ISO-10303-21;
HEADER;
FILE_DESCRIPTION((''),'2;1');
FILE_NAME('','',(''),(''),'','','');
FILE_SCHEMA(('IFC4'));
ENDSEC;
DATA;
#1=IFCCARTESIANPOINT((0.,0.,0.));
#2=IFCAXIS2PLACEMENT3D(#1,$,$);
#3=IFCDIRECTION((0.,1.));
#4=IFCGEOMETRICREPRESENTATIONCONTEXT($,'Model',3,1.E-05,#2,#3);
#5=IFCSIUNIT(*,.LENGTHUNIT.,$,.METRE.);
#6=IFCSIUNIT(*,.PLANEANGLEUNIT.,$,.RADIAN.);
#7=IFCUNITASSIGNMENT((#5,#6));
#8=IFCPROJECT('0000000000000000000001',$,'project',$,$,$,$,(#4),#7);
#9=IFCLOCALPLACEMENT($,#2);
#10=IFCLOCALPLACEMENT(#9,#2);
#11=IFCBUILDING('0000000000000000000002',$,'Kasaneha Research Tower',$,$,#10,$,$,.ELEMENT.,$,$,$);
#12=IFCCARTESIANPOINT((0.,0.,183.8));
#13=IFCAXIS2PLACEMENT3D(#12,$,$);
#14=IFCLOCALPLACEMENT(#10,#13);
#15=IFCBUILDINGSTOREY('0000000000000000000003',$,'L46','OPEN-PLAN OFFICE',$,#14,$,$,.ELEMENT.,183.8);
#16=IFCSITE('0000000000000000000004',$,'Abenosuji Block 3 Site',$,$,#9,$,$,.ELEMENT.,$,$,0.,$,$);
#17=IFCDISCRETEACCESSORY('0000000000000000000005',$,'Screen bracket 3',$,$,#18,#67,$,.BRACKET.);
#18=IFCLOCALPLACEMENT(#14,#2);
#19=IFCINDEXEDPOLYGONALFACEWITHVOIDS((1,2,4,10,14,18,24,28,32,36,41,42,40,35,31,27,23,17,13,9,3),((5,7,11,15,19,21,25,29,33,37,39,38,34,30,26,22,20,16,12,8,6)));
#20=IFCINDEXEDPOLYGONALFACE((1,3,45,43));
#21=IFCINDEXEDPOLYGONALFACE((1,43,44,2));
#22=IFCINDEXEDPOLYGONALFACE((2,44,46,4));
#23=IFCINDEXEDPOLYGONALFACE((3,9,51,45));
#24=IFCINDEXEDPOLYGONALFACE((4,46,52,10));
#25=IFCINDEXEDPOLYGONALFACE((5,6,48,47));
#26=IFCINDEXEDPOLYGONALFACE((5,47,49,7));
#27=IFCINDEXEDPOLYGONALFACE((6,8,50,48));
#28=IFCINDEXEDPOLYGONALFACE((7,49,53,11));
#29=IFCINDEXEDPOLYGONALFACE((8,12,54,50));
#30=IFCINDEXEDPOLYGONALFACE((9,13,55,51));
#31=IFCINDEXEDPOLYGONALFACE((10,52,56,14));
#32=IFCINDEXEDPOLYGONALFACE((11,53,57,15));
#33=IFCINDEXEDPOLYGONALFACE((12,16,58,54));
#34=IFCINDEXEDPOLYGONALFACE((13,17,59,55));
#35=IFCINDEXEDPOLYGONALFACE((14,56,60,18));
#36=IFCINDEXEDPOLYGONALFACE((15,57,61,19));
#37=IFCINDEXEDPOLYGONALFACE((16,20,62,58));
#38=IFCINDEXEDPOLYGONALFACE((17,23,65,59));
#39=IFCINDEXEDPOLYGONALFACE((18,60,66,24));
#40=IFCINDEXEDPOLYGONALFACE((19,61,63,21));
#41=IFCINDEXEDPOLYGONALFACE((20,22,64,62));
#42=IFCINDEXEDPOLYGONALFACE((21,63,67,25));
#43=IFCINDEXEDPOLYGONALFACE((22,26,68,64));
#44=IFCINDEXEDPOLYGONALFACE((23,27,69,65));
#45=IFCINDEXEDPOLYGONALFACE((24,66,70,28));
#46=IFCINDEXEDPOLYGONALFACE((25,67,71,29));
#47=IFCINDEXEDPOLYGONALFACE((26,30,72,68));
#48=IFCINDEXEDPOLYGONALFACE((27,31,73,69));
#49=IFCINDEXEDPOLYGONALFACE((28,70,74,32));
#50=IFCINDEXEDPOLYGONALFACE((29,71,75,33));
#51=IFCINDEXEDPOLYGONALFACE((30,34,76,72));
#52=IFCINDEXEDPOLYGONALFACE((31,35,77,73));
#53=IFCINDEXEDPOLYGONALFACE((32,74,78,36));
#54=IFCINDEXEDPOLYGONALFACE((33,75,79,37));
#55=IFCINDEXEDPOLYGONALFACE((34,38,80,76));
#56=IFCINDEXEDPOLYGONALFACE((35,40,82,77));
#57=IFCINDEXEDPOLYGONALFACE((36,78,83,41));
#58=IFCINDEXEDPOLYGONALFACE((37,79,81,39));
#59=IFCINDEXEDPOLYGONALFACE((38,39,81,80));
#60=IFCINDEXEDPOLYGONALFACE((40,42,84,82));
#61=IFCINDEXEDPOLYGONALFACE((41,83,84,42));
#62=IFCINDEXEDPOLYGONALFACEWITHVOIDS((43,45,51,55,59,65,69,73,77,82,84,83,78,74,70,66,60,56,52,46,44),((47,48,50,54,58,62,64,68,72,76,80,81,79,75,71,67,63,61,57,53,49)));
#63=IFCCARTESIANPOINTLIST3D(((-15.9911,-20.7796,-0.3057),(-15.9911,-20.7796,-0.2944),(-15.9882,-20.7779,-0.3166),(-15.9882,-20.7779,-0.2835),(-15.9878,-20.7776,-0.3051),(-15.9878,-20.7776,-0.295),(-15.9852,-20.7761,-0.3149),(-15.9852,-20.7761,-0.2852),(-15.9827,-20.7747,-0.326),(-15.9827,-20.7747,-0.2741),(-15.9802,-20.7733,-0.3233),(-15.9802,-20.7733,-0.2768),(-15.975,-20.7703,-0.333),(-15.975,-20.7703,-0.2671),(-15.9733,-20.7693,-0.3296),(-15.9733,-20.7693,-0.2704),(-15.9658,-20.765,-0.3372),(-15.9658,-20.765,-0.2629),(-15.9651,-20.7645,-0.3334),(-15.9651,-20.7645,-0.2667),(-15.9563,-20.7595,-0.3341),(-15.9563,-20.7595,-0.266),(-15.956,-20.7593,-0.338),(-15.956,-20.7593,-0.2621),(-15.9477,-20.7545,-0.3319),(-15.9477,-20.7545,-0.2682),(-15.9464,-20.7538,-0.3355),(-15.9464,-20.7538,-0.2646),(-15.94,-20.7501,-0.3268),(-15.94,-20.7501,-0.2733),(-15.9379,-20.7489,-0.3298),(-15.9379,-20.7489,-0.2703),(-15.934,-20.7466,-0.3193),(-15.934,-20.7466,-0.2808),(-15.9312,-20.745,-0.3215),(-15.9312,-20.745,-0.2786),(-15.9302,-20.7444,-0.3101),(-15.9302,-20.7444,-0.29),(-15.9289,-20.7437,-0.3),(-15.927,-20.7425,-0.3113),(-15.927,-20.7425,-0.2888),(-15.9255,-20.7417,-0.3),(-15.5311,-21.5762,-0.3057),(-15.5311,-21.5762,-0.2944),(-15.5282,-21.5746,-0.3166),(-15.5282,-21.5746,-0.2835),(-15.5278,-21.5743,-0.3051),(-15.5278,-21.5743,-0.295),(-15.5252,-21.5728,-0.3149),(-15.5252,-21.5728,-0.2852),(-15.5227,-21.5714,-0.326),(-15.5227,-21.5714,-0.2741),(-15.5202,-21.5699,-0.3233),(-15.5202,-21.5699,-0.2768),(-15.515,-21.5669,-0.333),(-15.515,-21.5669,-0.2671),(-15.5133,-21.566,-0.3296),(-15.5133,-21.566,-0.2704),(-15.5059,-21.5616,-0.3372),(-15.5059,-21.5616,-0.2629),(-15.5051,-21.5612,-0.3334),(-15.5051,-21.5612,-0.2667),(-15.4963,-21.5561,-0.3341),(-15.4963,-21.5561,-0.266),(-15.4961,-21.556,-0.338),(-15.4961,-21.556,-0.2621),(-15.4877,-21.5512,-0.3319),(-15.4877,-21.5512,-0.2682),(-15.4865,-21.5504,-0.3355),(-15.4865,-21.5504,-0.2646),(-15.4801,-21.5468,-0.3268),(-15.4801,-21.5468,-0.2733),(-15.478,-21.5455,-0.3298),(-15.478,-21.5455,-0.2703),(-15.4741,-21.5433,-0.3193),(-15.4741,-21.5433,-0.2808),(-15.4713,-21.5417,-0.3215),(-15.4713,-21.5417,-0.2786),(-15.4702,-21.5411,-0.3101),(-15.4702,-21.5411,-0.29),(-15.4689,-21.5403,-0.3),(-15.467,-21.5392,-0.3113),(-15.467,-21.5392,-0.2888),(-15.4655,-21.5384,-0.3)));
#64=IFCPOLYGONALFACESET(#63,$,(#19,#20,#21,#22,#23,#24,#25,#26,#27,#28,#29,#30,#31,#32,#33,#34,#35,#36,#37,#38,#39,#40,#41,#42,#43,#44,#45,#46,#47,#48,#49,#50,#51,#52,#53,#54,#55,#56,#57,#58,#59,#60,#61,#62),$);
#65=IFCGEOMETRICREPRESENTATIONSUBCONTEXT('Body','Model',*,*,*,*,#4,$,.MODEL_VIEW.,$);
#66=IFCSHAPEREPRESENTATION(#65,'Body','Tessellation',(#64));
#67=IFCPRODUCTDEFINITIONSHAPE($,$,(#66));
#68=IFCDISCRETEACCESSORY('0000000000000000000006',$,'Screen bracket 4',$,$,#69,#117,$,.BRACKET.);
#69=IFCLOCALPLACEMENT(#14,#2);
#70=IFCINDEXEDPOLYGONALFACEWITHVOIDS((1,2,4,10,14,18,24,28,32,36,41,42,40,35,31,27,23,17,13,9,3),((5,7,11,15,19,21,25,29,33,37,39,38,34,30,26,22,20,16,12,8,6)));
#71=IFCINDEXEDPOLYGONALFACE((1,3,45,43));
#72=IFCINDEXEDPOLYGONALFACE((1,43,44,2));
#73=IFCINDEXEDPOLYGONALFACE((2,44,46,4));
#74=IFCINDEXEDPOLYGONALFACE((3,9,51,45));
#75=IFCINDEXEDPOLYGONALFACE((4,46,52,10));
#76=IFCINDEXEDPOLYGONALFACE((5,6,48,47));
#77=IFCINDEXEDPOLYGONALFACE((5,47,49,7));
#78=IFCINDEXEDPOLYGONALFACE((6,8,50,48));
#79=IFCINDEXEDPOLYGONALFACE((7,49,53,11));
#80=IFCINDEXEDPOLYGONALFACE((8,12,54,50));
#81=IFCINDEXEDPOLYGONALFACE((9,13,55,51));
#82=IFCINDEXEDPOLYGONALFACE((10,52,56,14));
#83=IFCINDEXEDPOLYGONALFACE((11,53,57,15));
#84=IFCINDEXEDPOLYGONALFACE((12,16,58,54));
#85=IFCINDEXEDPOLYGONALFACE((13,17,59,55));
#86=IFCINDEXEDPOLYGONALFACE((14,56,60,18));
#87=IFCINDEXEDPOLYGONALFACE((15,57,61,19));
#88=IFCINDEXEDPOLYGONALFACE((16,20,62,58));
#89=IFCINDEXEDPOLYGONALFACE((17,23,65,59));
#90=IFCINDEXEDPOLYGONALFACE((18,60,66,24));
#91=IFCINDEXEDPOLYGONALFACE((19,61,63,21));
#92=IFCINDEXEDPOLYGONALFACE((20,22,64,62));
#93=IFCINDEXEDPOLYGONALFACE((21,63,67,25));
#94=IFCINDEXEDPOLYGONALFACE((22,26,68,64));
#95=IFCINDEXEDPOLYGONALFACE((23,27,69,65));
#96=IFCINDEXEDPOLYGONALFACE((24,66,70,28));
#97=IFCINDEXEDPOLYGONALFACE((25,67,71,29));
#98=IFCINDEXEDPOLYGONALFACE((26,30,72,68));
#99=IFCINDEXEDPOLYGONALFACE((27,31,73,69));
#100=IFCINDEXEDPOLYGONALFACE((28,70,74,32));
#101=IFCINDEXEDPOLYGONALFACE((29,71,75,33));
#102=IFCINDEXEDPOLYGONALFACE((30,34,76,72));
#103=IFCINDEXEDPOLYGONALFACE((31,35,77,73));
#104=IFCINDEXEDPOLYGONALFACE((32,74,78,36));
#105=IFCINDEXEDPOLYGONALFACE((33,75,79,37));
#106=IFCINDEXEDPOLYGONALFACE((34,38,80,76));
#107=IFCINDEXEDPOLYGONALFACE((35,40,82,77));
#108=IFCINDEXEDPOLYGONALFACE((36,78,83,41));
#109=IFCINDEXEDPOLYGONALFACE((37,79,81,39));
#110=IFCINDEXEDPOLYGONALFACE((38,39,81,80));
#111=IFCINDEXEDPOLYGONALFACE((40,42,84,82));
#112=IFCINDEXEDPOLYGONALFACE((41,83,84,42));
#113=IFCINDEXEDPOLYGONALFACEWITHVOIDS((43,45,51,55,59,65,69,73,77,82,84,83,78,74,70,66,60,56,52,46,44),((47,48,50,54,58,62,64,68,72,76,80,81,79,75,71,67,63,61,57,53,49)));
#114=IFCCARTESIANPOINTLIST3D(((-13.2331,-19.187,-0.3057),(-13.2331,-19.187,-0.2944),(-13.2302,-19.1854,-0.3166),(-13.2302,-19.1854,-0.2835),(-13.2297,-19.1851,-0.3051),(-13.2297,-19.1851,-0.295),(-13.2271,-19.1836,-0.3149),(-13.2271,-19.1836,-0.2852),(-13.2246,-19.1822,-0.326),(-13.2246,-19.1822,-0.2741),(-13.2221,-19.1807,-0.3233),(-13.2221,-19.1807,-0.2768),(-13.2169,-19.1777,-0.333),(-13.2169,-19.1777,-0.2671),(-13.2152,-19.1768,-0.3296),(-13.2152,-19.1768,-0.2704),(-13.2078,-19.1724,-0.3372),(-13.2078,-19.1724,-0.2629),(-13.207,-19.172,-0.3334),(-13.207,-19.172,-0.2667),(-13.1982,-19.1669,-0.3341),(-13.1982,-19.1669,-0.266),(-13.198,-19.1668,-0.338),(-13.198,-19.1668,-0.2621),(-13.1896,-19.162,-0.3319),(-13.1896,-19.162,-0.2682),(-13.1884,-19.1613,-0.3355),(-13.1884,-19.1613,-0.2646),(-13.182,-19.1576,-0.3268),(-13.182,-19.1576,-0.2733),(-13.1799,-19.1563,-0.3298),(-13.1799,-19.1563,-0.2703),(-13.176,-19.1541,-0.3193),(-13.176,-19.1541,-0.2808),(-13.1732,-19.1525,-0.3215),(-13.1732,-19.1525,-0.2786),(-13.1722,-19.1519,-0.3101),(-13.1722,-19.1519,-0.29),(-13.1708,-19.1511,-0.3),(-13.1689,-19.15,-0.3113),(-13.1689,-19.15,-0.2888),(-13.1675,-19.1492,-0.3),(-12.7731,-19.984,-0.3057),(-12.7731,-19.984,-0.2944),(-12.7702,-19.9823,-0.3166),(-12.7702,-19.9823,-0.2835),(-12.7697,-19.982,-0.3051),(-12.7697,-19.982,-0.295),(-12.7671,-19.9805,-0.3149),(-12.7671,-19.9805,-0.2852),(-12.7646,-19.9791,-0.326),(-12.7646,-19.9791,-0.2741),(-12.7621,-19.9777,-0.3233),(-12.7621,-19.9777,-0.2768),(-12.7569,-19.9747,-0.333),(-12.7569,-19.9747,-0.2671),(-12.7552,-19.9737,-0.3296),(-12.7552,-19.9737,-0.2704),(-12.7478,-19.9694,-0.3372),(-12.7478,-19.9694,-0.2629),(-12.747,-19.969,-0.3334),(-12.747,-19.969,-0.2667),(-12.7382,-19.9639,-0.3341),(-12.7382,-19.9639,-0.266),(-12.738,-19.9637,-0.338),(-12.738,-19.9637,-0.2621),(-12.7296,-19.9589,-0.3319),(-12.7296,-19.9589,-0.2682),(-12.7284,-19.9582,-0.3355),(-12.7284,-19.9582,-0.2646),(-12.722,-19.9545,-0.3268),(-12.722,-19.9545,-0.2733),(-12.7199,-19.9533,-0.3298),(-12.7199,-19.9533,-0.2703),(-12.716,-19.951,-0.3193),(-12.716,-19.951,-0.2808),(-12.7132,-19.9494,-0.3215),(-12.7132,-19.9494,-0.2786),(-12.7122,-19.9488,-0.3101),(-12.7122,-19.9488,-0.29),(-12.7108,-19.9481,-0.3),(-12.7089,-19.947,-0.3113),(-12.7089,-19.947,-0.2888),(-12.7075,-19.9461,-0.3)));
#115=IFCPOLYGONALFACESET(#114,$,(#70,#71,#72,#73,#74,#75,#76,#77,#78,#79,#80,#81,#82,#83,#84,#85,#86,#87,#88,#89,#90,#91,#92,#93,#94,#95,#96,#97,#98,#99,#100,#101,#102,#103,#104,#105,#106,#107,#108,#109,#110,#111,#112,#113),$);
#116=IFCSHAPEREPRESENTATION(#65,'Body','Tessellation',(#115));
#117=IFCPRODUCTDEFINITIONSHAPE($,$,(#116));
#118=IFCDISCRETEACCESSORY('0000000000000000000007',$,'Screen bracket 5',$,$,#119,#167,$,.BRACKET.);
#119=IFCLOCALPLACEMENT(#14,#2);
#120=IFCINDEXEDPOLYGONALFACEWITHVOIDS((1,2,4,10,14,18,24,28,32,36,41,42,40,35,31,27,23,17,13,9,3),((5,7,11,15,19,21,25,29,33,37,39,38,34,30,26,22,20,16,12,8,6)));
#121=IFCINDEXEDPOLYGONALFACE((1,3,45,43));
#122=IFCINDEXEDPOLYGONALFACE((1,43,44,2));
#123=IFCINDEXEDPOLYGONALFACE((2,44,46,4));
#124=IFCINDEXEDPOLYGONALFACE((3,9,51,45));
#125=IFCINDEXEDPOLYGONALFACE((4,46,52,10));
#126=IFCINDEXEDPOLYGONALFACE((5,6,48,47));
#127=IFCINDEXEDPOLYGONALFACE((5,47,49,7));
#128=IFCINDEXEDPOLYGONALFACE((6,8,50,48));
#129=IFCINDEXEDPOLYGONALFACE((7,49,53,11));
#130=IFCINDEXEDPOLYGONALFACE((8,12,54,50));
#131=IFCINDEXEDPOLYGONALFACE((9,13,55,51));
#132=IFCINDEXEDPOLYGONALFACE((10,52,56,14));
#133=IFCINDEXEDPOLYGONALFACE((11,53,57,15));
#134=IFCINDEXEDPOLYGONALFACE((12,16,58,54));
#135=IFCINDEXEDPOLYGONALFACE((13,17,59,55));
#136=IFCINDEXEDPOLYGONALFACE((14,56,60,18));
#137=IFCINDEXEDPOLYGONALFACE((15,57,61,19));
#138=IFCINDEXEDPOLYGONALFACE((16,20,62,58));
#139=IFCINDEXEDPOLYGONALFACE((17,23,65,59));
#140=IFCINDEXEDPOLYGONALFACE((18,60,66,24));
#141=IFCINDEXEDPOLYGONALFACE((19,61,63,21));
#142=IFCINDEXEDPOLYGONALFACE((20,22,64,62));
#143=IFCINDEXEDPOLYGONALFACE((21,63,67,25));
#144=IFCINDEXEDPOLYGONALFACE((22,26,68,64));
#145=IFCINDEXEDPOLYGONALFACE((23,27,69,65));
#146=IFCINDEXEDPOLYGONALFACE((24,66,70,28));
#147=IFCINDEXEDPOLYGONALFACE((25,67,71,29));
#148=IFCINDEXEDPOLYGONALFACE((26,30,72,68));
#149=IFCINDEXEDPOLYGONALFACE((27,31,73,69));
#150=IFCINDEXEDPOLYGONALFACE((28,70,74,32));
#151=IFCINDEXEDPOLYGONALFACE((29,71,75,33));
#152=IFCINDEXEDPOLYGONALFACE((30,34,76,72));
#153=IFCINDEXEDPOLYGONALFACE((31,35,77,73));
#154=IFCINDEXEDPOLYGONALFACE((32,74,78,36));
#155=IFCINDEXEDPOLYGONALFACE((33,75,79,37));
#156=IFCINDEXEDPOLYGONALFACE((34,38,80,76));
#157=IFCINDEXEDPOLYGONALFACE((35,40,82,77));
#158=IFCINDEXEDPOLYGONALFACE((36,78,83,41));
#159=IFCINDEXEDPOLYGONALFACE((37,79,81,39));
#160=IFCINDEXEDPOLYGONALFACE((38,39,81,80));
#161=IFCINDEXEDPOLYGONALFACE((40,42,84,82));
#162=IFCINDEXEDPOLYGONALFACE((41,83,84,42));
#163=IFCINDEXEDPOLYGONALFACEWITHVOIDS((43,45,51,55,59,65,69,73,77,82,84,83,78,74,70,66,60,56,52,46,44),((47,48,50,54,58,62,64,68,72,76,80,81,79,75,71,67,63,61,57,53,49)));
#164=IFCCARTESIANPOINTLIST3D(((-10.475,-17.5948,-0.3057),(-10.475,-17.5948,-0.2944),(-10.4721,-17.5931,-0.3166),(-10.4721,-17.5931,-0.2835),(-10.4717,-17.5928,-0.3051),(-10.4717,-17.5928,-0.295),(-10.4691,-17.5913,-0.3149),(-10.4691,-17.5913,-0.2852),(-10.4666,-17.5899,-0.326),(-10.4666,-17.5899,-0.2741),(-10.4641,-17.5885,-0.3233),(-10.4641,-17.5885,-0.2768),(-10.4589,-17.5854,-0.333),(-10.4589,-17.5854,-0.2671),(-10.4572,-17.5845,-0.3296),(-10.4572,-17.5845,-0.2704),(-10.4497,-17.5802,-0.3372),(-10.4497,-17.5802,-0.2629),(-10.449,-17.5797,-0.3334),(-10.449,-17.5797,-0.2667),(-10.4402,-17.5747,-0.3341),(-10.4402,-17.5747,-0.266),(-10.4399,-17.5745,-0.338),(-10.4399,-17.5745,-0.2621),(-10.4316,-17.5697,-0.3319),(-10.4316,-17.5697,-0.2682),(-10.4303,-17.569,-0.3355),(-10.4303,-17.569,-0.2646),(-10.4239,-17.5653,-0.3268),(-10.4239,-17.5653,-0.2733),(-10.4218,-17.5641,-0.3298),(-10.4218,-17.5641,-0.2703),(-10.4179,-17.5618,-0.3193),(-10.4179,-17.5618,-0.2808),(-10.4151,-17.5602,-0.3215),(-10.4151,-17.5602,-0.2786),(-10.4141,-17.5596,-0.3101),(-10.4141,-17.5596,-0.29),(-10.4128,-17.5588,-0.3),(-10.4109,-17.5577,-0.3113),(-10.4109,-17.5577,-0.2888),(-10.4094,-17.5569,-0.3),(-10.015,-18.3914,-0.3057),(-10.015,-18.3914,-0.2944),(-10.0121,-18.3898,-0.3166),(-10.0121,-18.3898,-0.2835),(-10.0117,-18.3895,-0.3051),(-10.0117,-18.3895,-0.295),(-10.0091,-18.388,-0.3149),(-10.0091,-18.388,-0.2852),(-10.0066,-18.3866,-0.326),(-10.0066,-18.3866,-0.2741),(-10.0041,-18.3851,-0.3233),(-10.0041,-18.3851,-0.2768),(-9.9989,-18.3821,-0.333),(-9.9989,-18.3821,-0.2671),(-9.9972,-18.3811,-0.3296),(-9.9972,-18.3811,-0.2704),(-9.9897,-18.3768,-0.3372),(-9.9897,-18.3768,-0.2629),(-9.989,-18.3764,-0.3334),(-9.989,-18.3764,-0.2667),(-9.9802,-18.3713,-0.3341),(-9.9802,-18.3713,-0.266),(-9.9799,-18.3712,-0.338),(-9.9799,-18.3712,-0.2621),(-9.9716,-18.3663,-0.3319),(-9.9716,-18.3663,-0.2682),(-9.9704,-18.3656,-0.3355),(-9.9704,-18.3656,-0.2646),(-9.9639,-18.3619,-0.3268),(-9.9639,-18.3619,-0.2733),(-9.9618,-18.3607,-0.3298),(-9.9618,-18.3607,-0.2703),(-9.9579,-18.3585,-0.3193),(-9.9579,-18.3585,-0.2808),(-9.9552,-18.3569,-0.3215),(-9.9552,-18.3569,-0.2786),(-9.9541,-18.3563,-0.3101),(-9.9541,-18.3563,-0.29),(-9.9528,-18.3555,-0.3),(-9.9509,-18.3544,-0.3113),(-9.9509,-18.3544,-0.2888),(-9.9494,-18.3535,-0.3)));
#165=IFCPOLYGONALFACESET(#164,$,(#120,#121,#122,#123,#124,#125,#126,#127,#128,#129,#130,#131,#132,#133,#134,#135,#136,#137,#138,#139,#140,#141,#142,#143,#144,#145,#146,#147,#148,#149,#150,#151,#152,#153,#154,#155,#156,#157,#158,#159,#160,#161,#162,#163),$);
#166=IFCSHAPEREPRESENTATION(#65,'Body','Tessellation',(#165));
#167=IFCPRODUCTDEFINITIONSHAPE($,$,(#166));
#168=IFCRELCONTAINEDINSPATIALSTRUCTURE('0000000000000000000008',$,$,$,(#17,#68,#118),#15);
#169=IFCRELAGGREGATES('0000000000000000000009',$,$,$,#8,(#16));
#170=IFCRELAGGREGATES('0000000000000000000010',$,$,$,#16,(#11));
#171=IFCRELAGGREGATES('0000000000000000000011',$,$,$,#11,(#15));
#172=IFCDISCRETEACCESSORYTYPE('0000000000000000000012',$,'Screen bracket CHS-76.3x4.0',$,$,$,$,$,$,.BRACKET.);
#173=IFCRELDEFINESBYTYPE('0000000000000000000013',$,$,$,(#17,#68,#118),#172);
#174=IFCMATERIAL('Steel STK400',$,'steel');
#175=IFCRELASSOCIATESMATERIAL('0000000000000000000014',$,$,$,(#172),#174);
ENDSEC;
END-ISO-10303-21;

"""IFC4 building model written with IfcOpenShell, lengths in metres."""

from ifc_helpers import new_model, si_unit, direction, frame, origin, origin_2d, place, context, subcontext, project, spatial, hollow_circle, extrude, material, material_profile, profile_set, type_object, element, save


model = new_model("IFC4")

# Units and contexts
model_context = context("Model", 3, precision=1e-05, world=origin(), true_north=direction((0.0, 1.0)))
body_context = subcontext(model_context, "Body", "Model", "MODEL_VIEW")
ifc_project = project(units=[si_unit("LENGTHUNIT", "METRE"), si_unit("PLANEANGLEUNIT", "RADIAN")], contexts=[model_context])

# Site, building, storey
site_placement = place(None, origin())
site = spatial("IfcSite", under=ifc_project, at=site_placement, Name="Abenosuji Block 3 Site", CompositionType="ELEMENT", RefElevation=0.0)
building_placement = place(site_placement, origin())
building = spatial("IfcBuilding", under=site, at=building_placement, Name="Kasaneha Research Tower", CompositionType="ELEMENT")
storey_placement = place(building_placement, frame((0.0, 0.0, 183.8)))
storey = spatial("IfcBuildingStorey", under=building, at=storey_placement, Name="L46", Description="OPEN-PLAN OFFICE", CompositionType="ELEMENT", Elevation=183.8)

# Discrete accessories
ifc_material_1 = material(Name="Steel STK400", Category="steel")
ifc_material_profile_1 = material_profile(ifc_material_1, hollow_circle(Radius=0.0381, WallThickness=0.0039, at=origin_2d()), Name="CHS-76.3x4.0")
ifc_profile_set_1 = profile_set([ifc_material_profile_1], Name="Steel STK400")
discrete_accessory_type = type_object("IfcDiscreteAccessoryType", Name="Screen bracket CHS-76.3x4.0", PredefinedType="BRACKET", material=ifc_profile_set_1)
for number, where, z_axis, x_axis, name in (
    (1, (-15.9585, -20.7607, -0.3), (0.500021, -0.866013, 0.0), (0.866013, 0.500021, 0.0), "Screen bracket 3"),
):
    element("IfcDiscreteAccessory", number, at=place(storey_placement, frame(where, z_axis=z_axis, x_axis=x_axis)), inside=storey, type_object=discrete_accessory_type, Name=name, PredefinedType="BRACKET", context=body_context, shape_type="SweptSolid", body=[
        extrude(hollow_circle(Radius=0.0381, WallThickness=0.0039, at=origin_2d()), origin(), (0.0, 0.0, 1.0), 0.9199),
    ])
discrete_accessory_1_placement = place(storey_placement, frame((-13.2004, -19.1682, -0.3), z_axis=(0.499906, -0.86608, 0.0), x_axis=(0.86608, 0.499906, 0.0)))
element("IfcDiscreteAccessory", 2, at=discrete_accessory_1_placement, inside=storey, type_object=discrete_accessory_type, Name="Screen bracket 4", PredefinedType="BRACKET", context=body_context, shape_type="SweptSolid", body=[
    extrude(hollow_circle(Radius=0.0381, WallThickness=0.0039, at=origin_2d()), origin(), (0.0, 0.0, 1.0), 0.9202),
])
discrete_accessory_2_placement = place(storey_placement, frame((-10.4424, -17.5759, -0.3), z_axis=(0.500021, -0.866013, 0.0), x_axis=(0.866013, 0.500021, 0.0)))
element("IfcDiscreteAccessory", 3, at=discrete_accessory_2_placement, inside=storey, type_object=discrete_accessory_type, Name="Screen bracket 5", PredefinedType="BRACKET", context=body_context, shape_type="SweptSolid", body=[
    extrude(hollow_circle(Radius=0.0381, WallThickness=0.0039, at=origin_2d()), origin(), (0.0, 0.0, 1.0), 0.9199),
])

save(model, "model.ifc")
